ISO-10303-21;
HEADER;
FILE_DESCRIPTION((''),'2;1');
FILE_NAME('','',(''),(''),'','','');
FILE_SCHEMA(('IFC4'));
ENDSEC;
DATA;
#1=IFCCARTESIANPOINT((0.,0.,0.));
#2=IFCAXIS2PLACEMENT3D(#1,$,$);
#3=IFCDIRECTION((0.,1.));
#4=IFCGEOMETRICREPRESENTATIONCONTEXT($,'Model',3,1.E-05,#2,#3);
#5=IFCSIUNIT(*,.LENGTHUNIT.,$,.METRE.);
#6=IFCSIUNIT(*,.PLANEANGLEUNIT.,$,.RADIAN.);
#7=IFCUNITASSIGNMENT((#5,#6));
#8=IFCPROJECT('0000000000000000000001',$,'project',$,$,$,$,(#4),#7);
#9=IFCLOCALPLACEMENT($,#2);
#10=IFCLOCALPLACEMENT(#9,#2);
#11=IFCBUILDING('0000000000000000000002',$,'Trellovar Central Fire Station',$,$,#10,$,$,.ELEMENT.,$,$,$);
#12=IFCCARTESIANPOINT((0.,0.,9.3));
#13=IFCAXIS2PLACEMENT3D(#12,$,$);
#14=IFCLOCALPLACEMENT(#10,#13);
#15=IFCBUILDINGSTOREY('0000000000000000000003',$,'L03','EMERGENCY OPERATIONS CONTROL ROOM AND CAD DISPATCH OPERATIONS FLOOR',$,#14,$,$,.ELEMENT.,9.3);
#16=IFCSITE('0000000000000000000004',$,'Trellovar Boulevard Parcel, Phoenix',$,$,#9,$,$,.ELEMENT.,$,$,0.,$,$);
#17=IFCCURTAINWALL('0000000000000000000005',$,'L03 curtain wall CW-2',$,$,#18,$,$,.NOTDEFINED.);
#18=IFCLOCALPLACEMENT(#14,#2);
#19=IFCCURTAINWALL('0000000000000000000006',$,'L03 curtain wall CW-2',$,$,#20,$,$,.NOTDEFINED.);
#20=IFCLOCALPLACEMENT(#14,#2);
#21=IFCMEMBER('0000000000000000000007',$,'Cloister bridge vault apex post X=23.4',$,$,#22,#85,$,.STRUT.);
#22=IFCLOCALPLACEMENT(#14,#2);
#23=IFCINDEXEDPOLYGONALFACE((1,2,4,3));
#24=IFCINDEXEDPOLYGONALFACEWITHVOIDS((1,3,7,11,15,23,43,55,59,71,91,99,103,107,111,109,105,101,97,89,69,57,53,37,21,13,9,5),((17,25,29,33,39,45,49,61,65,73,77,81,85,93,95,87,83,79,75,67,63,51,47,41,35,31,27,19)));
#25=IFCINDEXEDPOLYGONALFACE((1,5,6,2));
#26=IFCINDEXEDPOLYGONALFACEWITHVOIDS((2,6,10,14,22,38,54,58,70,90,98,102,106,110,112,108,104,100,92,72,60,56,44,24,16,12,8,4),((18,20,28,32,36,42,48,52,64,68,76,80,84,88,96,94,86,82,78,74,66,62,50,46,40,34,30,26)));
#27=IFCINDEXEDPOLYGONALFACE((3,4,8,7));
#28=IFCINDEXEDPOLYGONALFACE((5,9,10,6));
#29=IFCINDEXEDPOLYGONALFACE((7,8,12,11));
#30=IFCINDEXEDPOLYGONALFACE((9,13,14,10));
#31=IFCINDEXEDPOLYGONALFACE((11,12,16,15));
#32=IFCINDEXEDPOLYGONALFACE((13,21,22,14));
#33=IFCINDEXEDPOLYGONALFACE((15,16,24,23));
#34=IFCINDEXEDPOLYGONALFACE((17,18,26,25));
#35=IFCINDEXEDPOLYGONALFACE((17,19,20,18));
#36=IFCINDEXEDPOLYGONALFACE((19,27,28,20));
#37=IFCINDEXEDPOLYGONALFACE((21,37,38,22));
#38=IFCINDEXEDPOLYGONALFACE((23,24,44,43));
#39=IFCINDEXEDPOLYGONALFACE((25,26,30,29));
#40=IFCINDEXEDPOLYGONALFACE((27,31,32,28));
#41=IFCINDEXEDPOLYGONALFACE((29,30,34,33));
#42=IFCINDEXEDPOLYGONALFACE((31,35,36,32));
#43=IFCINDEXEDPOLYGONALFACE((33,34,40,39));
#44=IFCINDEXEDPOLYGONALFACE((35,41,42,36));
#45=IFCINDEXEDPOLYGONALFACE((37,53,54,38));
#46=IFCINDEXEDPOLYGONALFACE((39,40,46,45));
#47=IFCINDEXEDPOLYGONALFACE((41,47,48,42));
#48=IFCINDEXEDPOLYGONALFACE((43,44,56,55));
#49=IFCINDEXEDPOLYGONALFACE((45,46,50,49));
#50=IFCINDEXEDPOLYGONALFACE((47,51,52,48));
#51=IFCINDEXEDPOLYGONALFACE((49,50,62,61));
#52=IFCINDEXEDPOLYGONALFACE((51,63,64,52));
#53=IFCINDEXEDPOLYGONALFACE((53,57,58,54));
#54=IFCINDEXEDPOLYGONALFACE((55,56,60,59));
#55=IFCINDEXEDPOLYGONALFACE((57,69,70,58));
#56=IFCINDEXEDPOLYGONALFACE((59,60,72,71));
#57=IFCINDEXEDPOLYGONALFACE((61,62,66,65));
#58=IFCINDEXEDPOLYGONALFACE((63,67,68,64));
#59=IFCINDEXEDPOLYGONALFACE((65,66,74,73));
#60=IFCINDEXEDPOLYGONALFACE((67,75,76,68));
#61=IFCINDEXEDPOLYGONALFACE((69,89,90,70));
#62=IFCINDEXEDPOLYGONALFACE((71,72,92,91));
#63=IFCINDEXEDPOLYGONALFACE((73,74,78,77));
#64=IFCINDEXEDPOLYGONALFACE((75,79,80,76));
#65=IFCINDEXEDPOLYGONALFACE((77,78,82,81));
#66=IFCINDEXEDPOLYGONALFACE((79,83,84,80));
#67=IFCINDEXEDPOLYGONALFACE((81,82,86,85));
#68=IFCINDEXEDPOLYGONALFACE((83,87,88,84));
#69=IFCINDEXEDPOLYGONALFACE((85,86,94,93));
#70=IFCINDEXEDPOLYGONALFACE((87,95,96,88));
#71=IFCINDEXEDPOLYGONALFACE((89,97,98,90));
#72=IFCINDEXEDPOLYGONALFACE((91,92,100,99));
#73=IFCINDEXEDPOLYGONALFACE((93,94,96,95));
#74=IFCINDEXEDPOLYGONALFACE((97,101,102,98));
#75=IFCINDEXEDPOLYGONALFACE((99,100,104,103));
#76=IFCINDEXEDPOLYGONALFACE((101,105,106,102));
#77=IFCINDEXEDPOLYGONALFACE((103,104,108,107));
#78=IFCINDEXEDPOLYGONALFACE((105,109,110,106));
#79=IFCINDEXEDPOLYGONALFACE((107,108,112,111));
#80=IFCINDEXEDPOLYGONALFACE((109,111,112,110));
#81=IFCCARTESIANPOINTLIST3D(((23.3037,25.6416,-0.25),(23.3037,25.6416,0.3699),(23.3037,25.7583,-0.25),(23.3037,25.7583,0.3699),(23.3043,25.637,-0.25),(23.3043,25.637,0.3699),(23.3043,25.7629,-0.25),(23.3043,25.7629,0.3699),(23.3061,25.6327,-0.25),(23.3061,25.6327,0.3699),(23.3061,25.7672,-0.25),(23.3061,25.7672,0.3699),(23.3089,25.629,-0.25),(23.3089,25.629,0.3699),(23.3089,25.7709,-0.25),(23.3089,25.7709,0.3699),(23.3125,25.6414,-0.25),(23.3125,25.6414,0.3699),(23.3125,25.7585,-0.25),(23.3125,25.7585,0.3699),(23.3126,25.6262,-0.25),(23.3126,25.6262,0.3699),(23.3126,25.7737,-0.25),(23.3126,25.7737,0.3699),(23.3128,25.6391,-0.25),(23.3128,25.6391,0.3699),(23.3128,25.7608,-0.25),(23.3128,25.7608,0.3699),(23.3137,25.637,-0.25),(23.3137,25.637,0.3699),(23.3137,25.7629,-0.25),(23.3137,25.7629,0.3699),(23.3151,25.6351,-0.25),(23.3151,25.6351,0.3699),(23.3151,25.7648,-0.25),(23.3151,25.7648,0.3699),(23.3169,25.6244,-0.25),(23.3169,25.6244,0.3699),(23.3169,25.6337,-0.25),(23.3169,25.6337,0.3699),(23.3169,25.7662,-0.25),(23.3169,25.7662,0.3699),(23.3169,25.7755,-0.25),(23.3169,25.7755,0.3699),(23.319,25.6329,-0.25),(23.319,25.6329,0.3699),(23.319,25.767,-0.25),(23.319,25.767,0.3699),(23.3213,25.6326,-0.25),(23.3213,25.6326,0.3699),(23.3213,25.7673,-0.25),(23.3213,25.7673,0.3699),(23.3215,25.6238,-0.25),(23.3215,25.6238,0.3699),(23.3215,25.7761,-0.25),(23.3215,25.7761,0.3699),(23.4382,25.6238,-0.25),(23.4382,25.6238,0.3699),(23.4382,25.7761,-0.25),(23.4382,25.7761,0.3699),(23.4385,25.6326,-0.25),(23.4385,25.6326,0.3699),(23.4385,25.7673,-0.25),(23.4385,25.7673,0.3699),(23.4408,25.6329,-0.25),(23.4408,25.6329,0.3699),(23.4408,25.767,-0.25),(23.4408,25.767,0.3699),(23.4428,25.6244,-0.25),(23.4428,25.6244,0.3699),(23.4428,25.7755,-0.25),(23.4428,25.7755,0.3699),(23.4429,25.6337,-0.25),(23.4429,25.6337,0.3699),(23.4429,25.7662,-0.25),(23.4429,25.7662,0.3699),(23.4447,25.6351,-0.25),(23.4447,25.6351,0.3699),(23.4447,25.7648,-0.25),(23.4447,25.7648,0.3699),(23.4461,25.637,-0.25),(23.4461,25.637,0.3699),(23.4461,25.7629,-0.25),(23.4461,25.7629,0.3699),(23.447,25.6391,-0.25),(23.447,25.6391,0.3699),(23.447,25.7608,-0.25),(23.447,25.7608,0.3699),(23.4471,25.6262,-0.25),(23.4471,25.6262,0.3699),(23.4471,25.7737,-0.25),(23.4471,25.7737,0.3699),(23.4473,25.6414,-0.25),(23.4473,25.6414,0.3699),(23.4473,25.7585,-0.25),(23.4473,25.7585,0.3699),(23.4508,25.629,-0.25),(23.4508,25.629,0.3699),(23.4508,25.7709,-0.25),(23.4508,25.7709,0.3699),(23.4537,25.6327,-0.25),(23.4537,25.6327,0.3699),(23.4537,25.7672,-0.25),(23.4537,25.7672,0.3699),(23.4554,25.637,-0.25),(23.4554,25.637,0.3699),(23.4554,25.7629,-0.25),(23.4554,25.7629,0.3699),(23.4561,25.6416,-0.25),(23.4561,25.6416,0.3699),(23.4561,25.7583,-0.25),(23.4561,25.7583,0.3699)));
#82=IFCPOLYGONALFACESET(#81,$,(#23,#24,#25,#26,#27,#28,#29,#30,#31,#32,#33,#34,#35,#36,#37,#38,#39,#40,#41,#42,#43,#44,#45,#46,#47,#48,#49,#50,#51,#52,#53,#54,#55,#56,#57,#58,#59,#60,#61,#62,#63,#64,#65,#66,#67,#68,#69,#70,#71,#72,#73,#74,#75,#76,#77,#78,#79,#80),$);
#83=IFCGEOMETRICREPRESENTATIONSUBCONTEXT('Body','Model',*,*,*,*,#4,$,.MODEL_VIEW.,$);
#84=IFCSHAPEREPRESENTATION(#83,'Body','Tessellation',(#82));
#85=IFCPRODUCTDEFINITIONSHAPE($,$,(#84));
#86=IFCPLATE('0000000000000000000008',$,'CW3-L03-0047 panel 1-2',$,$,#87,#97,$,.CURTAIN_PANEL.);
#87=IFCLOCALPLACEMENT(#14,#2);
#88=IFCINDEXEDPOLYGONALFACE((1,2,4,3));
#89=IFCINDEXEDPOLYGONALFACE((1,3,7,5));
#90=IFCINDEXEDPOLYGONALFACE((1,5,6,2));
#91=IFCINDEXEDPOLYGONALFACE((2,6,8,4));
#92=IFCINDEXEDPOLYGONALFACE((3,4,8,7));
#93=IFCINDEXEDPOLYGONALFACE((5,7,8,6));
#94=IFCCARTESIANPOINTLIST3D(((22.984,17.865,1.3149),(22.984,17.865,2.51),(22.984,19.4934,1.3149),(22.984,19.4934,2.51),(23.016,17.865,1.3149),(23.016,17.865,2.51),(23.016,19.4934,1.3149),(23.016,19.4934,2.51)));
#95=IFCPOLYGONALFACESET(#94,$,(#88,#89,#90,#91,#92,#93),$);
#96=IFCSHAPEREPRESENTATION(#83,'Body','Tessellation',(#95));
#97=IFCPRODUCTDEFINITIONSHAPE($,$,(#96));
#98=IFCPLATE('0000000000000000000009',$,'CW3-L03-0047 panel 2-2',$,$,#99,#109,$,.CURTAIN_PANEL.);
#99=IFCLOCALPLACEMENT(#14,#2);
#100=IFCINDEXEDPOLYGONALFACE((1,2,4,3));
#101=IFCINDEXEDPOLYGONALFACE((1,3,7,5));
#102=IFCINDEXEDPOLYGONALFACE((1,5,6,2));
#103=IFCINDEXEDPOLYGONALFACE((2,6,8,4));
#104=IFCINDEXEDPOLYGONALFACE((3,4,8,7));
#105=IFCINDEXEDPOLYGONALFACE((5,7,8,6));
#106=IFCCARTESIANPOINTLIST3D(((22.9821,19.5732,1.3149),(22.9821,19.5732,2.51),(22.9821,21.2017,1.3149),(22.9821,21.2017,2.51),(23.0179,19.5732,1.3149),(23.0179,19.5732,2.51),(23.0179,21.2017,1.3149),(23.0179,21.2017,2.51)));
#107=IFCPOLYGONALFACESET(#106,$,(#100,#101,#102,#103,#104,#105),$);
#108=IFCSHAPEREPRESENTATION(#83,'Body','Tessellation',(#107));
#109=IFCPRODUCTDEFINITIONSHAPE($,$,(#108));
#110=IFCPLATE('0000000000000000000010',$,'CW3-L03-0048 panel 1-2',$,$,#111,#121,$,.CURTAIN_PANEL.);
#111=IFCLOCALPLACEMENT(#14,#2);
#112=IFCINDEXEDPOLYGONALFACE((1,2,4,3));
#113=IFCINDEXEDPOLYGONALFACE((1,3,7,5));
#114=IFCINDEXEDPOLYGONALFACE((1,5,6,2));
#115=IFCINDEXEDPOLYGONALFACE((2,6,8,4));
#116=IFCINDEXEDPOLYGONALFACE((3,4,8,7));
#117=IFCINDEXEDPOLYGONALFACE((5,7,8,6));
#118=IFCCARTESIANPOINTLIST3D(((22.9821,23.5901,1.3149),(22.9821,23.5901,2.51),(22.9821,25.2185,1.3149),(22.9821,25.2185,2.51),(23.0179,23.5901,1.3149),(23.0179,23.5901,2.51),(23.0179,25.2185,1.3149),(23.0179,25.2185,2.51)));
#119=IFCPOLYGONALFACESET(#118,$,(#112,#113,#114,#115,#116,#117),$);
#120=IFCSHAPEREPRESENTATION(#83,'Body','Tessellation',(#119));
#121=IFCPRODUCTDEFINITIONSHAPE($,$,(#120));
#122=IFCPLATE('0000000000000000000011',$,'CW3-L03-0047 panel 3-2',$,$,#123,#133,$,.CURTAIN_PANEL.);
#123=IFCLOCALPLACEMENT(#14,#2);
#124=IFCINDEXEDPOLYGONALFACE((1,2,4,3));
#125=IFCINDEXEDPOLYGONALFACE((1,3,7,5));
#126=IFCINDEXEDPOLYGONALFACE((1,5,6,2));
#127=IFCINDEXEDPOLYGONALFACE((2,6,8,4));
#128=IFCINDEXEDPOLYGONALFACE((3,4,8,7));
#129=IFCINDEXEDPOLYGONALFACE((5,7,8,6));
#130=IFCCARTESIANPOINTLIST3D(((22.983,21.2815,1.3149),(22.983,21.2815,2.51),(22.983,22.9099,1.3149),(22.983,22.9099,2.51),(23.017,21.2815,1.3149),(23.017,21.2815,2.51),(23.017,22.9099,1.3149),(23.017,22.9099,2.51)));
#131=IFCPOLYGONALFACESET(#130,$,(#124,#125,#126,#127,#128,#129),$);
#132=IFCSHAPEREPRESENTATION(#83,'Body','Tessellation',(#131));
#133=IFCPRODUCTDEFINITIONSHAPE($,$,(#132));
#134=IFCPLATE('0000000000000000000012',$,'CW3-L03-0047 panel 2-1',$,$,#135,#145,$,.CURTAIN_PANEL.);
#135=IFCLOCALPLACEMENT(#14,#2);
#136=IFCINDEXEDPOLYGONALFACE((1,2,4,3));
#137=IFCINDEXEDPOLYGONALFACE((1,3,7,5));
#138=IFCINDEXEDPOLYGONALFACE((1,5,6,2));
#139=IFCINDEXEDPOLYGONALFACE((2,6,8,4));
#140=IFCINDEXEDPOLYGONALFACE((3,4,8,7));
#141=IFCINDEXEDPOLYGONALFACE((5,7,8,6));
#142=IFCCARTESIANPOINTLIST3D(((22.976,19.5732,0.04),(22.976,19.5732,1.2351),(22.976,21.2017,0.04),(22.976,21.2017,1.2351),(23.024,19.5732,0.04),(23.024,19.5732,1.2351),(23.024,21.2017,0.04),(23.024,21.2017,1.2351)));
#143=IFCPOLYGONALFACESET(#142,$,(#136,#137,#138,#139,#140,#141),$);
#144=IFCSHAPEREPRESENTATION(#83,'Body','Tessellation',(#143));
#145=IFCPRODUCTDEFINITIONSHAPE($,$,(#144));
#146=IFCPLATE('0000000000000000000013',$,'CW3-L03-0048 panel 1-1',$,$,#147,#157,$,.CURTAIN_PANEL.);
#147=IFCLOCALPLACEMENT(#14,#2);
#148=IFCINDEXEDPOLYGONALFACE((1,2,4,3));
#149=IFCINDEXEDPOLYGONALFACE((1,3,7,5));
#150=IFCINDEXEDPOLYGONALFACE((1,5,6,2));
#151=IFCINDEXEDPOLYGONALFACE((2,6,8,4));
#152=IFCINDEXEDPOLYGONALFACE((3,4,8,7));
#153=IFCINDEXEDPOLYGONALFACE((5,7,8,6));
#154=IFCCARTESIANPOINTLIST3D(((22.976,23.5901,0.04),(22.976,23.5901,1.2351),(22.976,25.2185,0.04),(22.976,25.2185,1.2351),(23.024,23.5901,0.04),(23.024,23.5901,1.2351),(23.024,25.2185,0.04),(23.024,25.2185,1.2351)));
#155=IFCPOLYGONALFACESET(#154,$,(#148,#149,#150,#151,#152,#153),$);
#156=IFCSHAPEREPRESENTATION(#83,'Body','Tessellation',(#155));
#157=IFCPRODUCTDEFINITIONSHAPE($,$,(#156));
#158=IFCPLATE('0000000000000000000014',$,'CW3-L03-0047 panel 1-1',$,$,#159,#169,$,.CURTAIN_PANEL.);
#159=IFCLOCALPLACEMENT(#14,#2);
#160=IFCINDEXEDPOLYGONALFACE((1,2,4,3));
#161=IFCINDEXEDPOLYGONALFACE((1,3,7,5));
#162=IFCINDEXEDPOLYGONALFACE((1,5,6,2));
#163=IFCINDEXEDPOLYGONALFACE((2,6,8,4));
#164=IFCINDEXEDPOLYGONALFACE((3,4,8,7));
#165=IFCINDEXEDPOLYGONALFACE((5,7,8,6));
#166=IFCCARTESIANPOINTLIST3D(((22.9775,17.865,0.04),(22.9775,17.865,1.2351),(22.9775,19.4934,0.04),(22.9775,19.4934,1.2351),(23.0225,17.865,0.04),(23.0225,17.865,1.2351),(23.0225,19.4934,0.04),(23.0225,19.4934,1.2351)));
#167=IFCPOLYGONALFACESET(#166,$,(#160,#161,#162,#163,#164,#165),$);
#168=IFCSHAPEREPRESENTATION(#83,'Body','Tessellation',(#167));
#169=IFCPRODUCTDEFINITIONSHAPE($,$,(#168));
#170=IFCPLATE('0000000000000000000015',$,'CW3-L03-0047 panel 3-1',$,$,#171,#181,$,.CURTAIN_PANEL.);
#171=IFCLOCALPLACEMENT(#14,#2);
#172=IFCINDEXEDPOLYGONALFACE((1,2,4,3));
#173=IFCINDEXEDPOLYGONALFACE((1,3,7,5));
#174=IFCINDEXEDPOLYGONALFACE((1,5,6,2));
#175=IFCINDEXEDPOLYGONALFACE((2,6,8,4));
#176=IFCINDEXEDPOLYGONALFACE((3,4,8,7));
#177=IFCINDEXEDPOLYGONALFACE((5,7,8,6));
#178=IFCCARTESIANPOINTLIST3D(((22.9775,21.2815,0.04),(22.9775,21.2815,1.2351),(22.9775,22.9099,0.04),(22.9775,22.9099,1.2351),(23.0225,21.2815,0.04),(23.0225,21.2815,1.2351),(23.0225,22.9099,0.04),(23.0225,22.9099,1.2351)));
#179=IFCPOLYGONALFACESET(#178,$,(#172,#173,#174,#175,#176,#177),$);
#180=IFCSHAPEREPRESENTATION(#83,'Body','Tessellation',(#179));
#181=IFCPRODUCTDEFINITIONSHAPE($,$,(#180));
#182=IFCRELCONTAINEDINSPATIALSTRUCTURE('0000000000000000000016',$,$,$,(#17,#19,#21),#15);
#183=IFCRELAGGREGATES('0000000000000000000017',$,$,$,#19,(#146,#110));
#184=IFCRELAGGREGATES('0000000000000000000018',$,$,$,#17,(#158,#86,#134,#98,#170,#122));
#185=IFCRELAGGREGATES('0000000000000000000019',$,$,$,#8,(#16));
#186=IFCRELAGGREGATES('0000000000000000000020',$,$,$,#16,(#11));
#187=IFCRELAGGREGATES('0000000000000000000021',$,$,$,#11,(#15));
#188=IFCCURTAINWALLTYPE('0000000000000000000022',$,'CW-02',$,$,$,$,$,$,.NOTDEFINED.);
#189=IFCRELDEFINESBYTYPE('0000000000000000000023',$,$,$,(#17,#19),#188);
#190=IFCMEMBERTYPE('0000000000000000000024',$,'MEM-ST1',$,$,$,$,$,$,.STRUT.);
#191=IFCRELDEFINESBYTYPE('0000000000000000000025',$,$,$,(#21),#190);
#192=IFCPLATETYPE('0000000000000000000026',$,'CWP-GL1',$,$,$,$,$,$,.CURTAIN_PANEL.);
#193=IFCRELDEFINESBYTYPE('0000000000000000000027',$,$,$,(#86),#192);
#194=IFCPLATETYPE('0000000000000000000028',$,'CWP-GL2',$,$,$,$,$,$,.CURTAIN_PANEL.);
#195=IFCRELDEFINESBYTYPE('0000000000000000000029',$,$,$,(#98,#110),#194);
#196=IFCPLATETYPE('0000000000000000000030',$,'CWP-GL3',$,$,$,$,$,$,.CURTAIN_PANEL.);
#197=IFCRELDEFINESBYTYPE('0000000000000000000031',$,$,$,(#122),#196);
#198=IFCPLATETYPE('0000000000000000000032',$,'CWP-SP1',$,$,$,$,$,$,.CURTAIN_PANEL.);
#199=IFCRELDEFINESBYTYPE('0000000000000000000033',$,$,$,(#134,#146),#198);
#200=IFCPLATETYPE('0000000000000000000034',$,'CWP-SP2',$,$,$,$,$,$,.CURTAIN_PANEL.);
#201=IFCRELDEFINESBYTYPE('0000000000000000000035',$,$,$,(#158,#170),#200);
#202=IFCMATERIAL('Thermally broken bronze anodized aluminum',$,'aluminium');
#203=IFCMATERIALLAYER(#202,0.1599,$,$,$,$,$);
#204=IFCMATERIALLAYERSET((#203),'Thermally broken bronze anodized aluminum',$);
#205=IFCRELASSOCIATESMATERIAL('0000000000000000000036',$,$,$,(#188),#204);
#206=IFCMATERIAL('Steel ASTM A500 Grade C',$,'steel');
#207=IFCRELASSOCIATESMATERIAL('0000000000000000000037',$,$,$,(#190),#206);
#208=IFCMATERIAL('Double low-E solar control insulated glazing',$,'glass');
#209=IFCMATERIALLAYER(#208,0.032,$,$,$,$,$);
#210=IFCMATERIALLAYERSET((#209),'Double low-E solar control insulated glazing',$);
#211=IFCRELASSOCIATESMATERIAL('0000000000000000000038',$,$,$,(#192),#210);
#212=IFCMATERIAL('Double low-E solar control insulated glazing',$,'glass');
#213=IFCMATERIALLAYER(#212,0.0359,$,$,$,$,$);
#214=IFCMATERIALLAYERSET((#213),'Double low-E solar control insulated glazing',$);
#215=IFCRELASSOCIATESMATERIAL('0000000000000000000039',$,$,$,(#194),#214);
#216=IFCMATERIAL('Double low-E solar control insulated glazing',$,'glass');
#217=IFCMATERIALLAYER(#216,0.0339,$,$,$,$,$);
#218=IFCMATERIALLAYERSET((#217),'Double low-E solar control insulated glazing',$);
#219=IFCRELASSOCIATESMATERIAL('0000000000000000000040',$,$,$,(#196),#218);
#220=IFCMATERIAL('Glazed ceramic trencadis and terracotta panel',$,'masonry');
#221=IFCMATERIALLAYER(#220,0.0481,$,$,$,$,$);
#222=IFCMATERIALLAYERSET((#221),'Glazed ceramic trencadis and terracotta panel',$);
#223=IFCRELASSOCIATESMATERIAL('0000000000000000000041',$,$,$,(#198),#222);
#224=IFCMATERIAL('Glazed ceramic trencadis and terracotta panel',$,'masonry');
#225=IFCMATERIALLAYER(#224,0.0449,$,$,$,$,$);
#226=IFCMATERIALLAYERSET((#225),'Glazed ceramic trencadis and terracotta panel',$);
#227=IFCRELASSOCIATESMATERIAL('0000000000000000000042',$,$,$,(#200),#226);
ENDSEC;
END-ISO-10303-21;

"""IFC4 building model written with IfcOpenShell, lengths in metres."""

from ifc_helpers import new_model, si_unit, direction, frame, origin, origin_2d, place, context, subcontext, project, spatial, rectangle, hollow_rectangle, extrude, material, layer, layer_set, material_profile, profile_set, type_object, element, aggregate, save


model = new_model("IFC4")

# Units and contexts
model_context = context("Model", 3, precision=1e-05, world=origin(), true_north=direction((0.0, 1.0)))
body_context = subcontext(model_context, "Body", "Model", "MODEL_VIEW")
ifc_project = project(units=[si_unit("LENGTHUNIT", "METRE"), si_unit("PLANEANGLEUNIT", "RADIAN")], contexts=[model_context])

# Site, building, storey
site_placement = place(None, origin())
site = spatial("IfcSite", under=ifc_project, at=site_placement, Name="Trellovar Boulevard Parcel, Phoenix", CompositionType="ELEMENT", RefElevation=0.0)
building_placement = place(site_placement, origin())
building = spatial("IfcBuilding", under=site, at=building_placement, Name="Trellovar Central Fire Station", CompositionType="ELEMENT")
storey_placement = place(building_placement, frame((0.0, 0.0, 9.3)))
storey = spatial("IfcBuildingStorey", under=building, at=storey_placement, Name="L03", Description="EMERGENCY OPERATIONS CONTROL ROOM AND CAD DISPATCH OPERATIONS FLOOR", CompositionType="ELEMENT", Elevation=9.3)

# Curtain walls
ifc_material_1 = material(Name="Thermally broken bronze anodized aluminum", Category="aluminium")
ifc_layer_1 = layer(ifc_material_1, 0.1599)
ifc_layer_set_1 = layer_set([ifc_layer_1], Name="Thermally broken bronze anodized aluminum")
curtain_wall_type = type_object("IfcCurtainWallType", Name="CW-02", PredefinedType="NOTDEFINED", material=ifc_layer_set_1)
curtain_wall_1_placement = place(storey_placement, origin())
curtain_wall_1 = element("IfcCurtainWall", 1, at=curtain_wall_1_placement, inside=storey, type_object=curtain_wall_type, Name="L03 curtain wall CW-2", PredefinedType="NOTDEFINED")
curtain_wall_2_placement = place(storey_placement, origin())
curtain_wall_2 = element("IfcCurtainWall", 2, at=curtain_wall_2_placement, inside=storey, type_object=curtain_wall_type, Name="L03 curtain wall CW-2", PredefinedType="NOTDEFINED")

# Member
ifc_material_2 = material(Name="Steel ASTM A500 Grade C", Category="steel")
ifc_material_profile_1 = material_profile(ifc_material_2, hollow_rectangle(XDim=0.1523, YDim=0.1523, WallThickness=0.0088, InnerFilletRadius=0.0088, OuterFilletRadius=0.0178, at=origin_2d()), Name="HSS6X6X3/8")
ifc_profile_set_1 = profile_set([ifc_material_profile_1], Name="Steel ASTM A500 Grade C")
member_type_1 = type_object("IfcMemberType", Name="MEM-ST1", PredefinedType="STRUT", material=ifc_profile_set_1)
member_1_placement = place(storey_placement, frame((23.3799, 25.7, -0.25), z_axis=(0.0, 0.0, 1.0), x_axis=(1.0, 0.0, 0.0)))
element("IfcMember", 3, at=member_1_placement, inside=storey, type_object=member_type_1, Name="Cloister bridge vault apex post X=23.4", PredefinedType="STRUT", context=body_context, shape_type="SweptSolid", body=[
    extrude(hollow_rectangle(XDim=0.1523, YDim=0.1523, WallThickness=0.0088, InnerFilletRadius=0.0088, OuterFilletRadius=0.0178, at=origin_2d()), origin(), (0.0, 0.0, 1.0), 0.6199),
])

# Plates
ifc_material_3 = material(Name="Double low-E solar control insulated glazing", Category="glass")
ifc_layer_2 = layer(ifc_material_3, 0.032)
ifc_layer_set_2 = layer_set([ifc_layer_2], Name="Double low-E solar control insulated glazing")
plate_type_1 = type_object("IfcPlateType", Name="CWP-GL1", PredefinedType="CURTAIN_PANEL", material=ifc_layer_set_2)
plate_1_placement = place(storey_placement, frame((23.0, 18.6792, 1.3149), z_axis=(0.0, 0.0, 1.0), x_axis=(0.0, 1.0, 0.0)))
plate_1 = element("IfcPlate", 4, at=plate_1_placement, type_object=plate_type_1, Name="CW3-L03-0047 panel 1-2", PredefinedType="CURTAIN_PANEL", context=body_context, shape_type="SweptSolid", body=[
    extrude(rectangle(XDim=1.6284, YDim=0.032, at=origin_2d()), origin(), (0.0, 0.0, 1.0), 1.1951),
])
ifc_material_4 = material(Name="Double low-E solar control insulated glazing", Category="glass")
ifc_layer_3 = layer(ifc_material_4, 0.0359)
ifc_layer_set_3 = layer_set([ifc_layer_3], Name="Double low-E solar control insulated glazing")
plate_type_2 = type_object("IfcPlateType", Name="CWP-GL2", PredefinedType="CURTAIN_PANEL", material=ifc_layer_set_3)
plate_2_placement = place(storey_placement, frame((23.0, 20.3875, 1.3149), z_axis=(0.0, 0.0, 1.0), x_axis=(0.0, 1.0, 0.0)))
plate_2 = element("IfcPlate", 5, at=plate_2_placement, type_object=plate_type_2, Name="CW3-L03-0047 panel 2-2", PredefinedType="CURTAIN_PANEL", context=body_context, shape_type="SweptSolid", body=[
    extrude(rectangle(XDim=1.6284, YDim=0.0359, at=origin_2d()), origin(), (0.0, 0.0, 1.0), 1.1951),
])
plate_3_placement = place(storey_placement, frame((23.0, 24.4043, 1.3149), z_axis=(0.0, 0.0, 1.0), x_axis=(0.0, 1.0, 0.0)))
plate_3 = element("IfcPlate", 6, at=plate_3_placement, type_object=plate_type_2, Name="CW3-L03-0048 panel 1-2", PredefinedType="CURTAIN_PANEL", context=body_context, shape_type="SweptSolid", body=[
    extrude(rectangle(XDim=1.6284, YDim=0.0359, at=origin_2d()), origin(), (0.0, 0.0, 1.0), 1.1951),
])
ifc_material_5 = material(Name="Double low-E solar control insulated glazing", Category="glass")
ifc_layer_4 = layer(ifc_material_5, 0.0339)
ifc_layer_set_4 = layer_set([ifc_layer_4], Name="Double low-E solar control insulated glazing")
plate_type_3 = type_object("IfcPlateType", Name="CWP-GL3", PredefinedType="CURTAIN_PANEL", material=ifc_layer_set_4)
plate_4_placement = place(storey_placement, frame((23.0, 22.0957, 1.3149), z_axis=(0.0, 0.0, 1.0), x_axis=(0.0, 1.0, 0.0)))
plate_4 = element("IfcPlate", 7, at=plate_4_placement, type_object=plate_type_3, Name="CW3-L03-0047 panel 3-2", PredefinedType="CURTAIN_PANEL", context=body_context, shape_type="SweptSolid", body=[
    extrude(rectangle(XDim=1.6284, YDim=0.0339, at=origin_2d()), origin(), (0.0, 0.0, 1.0), 1.1951),
])
ifc_material_6 = material(Name="Glazed ceramic trencadis and terracotta panel", Category="masonry")
ifc_layer_5 = layer(ifc_material_6, 0.0481)
ifc_layer_set_5 = layer_set([ifc_layer_5], Name="Glazed ceramic trencadis and terracotta panel")
plate_type_4 = type_object("IfcPlateType", Name="CWP-SP1", PredefinedType="CURTAIN_PANEL", material=ifc_layer_set_5)
plate_5_placement = place(storey_placement, frame((23.0, 20.3875, 0.04), z_axis=(0.0, 0.0, 1.0), x_axis=(0.0, 1.0, 0.0)))
plate_5 = element("IfcPlate", 8, at=plate_5_placement, type_object=plate_type_4, Name="CW3-L03-0047 panel 2-1", PredefinedType="CURTAIN_PANEL", context=body_context, shape_type="SweptSolid", body=[
    extrude(rectangle(XDim=1.6284, YDim=0.0481, at=origin_2d()), origin(), (0.0, 0.0, 1.0), 1.1951),
])
plate_6_placement = place(storey_placement, frame((23.0, 24.4043, 0.04), z_axis=(0.0, 0.0, 1.0), x_axis=(0.0, 1.0, 0.0)))
plate_6 = element("IfcPlate", 9, at=plate_6_placement, type_object=plate_type_4, Name="CW3-L03-0048 panel 1-1", PredefinedType="CURTAIN_PANEL", context=body_context, shape_type="SweptSolid", body=[
    extrude(rectangle(XDim=1.6284, YDim=0.0481, at=origin_2d()), origin(), (0.0, 0.0, 1.0), 1.1951),
])
aggregate(curtain_wall_2, [plate_6, plate_3])
ifc_material_7 = material(Name="Glazed ceramic trencadis and terracotta panel", Category="masonry")
ifc_layer_6 = layer(ifc_material_7, 0.0449)
ifc_layer_set_6 = layer_set([ifc_layer_6], Name="Glazed ceramic trencadis and terracotta panel")
plate_type_5 = type_object("IfcPlateType", Name="CWP-SP2", PredefinedType="CURTAIN_PANEL", material=ifc_layer_set_6)
plate_7_placement = place(storey_placement, frame((23.0, 18.6792, 0.04), z_axis=(0.0, 0.0, 1.0), x_axis=(0.0, 1.0, 0.0)))
plate_7 = element("IfcPlate", 10, at=plate_7_placement, type_object=plate_type_5, Name="CW3-L03-0047 panel 1-1", PredefinedType="CURTAIN_PANEL", context=body_context, shape_type="SweptSolid", body=[
    extrude(rectangle(XDim=1.6284, YDim=0.0449, at=origin_2d()), origin(), (0.0, 0.0, 1.0), 1.1951),
])
plate_8_placement = place(storey_placement, frame((23.0, 22.0957, 0.04), z_axis=(0.0, 0.0, 1.0), x_axis=(0.0, 1.0, 0.0)))
plate_8 = element("IfcPlate", 11, at=plate_8_placement, type_object=plate_type_5, Name="CW3-L03-0047 panel 3-1", PredefinedType="CURTAIN_PANEL", context=body_context, shape_type="SweptSolid", body=[
    extrude(rectangle(XDim=1.6284, YDim=0.0449, at=origin_2d()), origin(), (0.0, 0.0, 1.0), 1.1951),
])
aggregate(curtain_wall_1, [plate_7, plate_1, plate_5, plate_2, plate_8, plate_4])

save(model, "model.ifc")
